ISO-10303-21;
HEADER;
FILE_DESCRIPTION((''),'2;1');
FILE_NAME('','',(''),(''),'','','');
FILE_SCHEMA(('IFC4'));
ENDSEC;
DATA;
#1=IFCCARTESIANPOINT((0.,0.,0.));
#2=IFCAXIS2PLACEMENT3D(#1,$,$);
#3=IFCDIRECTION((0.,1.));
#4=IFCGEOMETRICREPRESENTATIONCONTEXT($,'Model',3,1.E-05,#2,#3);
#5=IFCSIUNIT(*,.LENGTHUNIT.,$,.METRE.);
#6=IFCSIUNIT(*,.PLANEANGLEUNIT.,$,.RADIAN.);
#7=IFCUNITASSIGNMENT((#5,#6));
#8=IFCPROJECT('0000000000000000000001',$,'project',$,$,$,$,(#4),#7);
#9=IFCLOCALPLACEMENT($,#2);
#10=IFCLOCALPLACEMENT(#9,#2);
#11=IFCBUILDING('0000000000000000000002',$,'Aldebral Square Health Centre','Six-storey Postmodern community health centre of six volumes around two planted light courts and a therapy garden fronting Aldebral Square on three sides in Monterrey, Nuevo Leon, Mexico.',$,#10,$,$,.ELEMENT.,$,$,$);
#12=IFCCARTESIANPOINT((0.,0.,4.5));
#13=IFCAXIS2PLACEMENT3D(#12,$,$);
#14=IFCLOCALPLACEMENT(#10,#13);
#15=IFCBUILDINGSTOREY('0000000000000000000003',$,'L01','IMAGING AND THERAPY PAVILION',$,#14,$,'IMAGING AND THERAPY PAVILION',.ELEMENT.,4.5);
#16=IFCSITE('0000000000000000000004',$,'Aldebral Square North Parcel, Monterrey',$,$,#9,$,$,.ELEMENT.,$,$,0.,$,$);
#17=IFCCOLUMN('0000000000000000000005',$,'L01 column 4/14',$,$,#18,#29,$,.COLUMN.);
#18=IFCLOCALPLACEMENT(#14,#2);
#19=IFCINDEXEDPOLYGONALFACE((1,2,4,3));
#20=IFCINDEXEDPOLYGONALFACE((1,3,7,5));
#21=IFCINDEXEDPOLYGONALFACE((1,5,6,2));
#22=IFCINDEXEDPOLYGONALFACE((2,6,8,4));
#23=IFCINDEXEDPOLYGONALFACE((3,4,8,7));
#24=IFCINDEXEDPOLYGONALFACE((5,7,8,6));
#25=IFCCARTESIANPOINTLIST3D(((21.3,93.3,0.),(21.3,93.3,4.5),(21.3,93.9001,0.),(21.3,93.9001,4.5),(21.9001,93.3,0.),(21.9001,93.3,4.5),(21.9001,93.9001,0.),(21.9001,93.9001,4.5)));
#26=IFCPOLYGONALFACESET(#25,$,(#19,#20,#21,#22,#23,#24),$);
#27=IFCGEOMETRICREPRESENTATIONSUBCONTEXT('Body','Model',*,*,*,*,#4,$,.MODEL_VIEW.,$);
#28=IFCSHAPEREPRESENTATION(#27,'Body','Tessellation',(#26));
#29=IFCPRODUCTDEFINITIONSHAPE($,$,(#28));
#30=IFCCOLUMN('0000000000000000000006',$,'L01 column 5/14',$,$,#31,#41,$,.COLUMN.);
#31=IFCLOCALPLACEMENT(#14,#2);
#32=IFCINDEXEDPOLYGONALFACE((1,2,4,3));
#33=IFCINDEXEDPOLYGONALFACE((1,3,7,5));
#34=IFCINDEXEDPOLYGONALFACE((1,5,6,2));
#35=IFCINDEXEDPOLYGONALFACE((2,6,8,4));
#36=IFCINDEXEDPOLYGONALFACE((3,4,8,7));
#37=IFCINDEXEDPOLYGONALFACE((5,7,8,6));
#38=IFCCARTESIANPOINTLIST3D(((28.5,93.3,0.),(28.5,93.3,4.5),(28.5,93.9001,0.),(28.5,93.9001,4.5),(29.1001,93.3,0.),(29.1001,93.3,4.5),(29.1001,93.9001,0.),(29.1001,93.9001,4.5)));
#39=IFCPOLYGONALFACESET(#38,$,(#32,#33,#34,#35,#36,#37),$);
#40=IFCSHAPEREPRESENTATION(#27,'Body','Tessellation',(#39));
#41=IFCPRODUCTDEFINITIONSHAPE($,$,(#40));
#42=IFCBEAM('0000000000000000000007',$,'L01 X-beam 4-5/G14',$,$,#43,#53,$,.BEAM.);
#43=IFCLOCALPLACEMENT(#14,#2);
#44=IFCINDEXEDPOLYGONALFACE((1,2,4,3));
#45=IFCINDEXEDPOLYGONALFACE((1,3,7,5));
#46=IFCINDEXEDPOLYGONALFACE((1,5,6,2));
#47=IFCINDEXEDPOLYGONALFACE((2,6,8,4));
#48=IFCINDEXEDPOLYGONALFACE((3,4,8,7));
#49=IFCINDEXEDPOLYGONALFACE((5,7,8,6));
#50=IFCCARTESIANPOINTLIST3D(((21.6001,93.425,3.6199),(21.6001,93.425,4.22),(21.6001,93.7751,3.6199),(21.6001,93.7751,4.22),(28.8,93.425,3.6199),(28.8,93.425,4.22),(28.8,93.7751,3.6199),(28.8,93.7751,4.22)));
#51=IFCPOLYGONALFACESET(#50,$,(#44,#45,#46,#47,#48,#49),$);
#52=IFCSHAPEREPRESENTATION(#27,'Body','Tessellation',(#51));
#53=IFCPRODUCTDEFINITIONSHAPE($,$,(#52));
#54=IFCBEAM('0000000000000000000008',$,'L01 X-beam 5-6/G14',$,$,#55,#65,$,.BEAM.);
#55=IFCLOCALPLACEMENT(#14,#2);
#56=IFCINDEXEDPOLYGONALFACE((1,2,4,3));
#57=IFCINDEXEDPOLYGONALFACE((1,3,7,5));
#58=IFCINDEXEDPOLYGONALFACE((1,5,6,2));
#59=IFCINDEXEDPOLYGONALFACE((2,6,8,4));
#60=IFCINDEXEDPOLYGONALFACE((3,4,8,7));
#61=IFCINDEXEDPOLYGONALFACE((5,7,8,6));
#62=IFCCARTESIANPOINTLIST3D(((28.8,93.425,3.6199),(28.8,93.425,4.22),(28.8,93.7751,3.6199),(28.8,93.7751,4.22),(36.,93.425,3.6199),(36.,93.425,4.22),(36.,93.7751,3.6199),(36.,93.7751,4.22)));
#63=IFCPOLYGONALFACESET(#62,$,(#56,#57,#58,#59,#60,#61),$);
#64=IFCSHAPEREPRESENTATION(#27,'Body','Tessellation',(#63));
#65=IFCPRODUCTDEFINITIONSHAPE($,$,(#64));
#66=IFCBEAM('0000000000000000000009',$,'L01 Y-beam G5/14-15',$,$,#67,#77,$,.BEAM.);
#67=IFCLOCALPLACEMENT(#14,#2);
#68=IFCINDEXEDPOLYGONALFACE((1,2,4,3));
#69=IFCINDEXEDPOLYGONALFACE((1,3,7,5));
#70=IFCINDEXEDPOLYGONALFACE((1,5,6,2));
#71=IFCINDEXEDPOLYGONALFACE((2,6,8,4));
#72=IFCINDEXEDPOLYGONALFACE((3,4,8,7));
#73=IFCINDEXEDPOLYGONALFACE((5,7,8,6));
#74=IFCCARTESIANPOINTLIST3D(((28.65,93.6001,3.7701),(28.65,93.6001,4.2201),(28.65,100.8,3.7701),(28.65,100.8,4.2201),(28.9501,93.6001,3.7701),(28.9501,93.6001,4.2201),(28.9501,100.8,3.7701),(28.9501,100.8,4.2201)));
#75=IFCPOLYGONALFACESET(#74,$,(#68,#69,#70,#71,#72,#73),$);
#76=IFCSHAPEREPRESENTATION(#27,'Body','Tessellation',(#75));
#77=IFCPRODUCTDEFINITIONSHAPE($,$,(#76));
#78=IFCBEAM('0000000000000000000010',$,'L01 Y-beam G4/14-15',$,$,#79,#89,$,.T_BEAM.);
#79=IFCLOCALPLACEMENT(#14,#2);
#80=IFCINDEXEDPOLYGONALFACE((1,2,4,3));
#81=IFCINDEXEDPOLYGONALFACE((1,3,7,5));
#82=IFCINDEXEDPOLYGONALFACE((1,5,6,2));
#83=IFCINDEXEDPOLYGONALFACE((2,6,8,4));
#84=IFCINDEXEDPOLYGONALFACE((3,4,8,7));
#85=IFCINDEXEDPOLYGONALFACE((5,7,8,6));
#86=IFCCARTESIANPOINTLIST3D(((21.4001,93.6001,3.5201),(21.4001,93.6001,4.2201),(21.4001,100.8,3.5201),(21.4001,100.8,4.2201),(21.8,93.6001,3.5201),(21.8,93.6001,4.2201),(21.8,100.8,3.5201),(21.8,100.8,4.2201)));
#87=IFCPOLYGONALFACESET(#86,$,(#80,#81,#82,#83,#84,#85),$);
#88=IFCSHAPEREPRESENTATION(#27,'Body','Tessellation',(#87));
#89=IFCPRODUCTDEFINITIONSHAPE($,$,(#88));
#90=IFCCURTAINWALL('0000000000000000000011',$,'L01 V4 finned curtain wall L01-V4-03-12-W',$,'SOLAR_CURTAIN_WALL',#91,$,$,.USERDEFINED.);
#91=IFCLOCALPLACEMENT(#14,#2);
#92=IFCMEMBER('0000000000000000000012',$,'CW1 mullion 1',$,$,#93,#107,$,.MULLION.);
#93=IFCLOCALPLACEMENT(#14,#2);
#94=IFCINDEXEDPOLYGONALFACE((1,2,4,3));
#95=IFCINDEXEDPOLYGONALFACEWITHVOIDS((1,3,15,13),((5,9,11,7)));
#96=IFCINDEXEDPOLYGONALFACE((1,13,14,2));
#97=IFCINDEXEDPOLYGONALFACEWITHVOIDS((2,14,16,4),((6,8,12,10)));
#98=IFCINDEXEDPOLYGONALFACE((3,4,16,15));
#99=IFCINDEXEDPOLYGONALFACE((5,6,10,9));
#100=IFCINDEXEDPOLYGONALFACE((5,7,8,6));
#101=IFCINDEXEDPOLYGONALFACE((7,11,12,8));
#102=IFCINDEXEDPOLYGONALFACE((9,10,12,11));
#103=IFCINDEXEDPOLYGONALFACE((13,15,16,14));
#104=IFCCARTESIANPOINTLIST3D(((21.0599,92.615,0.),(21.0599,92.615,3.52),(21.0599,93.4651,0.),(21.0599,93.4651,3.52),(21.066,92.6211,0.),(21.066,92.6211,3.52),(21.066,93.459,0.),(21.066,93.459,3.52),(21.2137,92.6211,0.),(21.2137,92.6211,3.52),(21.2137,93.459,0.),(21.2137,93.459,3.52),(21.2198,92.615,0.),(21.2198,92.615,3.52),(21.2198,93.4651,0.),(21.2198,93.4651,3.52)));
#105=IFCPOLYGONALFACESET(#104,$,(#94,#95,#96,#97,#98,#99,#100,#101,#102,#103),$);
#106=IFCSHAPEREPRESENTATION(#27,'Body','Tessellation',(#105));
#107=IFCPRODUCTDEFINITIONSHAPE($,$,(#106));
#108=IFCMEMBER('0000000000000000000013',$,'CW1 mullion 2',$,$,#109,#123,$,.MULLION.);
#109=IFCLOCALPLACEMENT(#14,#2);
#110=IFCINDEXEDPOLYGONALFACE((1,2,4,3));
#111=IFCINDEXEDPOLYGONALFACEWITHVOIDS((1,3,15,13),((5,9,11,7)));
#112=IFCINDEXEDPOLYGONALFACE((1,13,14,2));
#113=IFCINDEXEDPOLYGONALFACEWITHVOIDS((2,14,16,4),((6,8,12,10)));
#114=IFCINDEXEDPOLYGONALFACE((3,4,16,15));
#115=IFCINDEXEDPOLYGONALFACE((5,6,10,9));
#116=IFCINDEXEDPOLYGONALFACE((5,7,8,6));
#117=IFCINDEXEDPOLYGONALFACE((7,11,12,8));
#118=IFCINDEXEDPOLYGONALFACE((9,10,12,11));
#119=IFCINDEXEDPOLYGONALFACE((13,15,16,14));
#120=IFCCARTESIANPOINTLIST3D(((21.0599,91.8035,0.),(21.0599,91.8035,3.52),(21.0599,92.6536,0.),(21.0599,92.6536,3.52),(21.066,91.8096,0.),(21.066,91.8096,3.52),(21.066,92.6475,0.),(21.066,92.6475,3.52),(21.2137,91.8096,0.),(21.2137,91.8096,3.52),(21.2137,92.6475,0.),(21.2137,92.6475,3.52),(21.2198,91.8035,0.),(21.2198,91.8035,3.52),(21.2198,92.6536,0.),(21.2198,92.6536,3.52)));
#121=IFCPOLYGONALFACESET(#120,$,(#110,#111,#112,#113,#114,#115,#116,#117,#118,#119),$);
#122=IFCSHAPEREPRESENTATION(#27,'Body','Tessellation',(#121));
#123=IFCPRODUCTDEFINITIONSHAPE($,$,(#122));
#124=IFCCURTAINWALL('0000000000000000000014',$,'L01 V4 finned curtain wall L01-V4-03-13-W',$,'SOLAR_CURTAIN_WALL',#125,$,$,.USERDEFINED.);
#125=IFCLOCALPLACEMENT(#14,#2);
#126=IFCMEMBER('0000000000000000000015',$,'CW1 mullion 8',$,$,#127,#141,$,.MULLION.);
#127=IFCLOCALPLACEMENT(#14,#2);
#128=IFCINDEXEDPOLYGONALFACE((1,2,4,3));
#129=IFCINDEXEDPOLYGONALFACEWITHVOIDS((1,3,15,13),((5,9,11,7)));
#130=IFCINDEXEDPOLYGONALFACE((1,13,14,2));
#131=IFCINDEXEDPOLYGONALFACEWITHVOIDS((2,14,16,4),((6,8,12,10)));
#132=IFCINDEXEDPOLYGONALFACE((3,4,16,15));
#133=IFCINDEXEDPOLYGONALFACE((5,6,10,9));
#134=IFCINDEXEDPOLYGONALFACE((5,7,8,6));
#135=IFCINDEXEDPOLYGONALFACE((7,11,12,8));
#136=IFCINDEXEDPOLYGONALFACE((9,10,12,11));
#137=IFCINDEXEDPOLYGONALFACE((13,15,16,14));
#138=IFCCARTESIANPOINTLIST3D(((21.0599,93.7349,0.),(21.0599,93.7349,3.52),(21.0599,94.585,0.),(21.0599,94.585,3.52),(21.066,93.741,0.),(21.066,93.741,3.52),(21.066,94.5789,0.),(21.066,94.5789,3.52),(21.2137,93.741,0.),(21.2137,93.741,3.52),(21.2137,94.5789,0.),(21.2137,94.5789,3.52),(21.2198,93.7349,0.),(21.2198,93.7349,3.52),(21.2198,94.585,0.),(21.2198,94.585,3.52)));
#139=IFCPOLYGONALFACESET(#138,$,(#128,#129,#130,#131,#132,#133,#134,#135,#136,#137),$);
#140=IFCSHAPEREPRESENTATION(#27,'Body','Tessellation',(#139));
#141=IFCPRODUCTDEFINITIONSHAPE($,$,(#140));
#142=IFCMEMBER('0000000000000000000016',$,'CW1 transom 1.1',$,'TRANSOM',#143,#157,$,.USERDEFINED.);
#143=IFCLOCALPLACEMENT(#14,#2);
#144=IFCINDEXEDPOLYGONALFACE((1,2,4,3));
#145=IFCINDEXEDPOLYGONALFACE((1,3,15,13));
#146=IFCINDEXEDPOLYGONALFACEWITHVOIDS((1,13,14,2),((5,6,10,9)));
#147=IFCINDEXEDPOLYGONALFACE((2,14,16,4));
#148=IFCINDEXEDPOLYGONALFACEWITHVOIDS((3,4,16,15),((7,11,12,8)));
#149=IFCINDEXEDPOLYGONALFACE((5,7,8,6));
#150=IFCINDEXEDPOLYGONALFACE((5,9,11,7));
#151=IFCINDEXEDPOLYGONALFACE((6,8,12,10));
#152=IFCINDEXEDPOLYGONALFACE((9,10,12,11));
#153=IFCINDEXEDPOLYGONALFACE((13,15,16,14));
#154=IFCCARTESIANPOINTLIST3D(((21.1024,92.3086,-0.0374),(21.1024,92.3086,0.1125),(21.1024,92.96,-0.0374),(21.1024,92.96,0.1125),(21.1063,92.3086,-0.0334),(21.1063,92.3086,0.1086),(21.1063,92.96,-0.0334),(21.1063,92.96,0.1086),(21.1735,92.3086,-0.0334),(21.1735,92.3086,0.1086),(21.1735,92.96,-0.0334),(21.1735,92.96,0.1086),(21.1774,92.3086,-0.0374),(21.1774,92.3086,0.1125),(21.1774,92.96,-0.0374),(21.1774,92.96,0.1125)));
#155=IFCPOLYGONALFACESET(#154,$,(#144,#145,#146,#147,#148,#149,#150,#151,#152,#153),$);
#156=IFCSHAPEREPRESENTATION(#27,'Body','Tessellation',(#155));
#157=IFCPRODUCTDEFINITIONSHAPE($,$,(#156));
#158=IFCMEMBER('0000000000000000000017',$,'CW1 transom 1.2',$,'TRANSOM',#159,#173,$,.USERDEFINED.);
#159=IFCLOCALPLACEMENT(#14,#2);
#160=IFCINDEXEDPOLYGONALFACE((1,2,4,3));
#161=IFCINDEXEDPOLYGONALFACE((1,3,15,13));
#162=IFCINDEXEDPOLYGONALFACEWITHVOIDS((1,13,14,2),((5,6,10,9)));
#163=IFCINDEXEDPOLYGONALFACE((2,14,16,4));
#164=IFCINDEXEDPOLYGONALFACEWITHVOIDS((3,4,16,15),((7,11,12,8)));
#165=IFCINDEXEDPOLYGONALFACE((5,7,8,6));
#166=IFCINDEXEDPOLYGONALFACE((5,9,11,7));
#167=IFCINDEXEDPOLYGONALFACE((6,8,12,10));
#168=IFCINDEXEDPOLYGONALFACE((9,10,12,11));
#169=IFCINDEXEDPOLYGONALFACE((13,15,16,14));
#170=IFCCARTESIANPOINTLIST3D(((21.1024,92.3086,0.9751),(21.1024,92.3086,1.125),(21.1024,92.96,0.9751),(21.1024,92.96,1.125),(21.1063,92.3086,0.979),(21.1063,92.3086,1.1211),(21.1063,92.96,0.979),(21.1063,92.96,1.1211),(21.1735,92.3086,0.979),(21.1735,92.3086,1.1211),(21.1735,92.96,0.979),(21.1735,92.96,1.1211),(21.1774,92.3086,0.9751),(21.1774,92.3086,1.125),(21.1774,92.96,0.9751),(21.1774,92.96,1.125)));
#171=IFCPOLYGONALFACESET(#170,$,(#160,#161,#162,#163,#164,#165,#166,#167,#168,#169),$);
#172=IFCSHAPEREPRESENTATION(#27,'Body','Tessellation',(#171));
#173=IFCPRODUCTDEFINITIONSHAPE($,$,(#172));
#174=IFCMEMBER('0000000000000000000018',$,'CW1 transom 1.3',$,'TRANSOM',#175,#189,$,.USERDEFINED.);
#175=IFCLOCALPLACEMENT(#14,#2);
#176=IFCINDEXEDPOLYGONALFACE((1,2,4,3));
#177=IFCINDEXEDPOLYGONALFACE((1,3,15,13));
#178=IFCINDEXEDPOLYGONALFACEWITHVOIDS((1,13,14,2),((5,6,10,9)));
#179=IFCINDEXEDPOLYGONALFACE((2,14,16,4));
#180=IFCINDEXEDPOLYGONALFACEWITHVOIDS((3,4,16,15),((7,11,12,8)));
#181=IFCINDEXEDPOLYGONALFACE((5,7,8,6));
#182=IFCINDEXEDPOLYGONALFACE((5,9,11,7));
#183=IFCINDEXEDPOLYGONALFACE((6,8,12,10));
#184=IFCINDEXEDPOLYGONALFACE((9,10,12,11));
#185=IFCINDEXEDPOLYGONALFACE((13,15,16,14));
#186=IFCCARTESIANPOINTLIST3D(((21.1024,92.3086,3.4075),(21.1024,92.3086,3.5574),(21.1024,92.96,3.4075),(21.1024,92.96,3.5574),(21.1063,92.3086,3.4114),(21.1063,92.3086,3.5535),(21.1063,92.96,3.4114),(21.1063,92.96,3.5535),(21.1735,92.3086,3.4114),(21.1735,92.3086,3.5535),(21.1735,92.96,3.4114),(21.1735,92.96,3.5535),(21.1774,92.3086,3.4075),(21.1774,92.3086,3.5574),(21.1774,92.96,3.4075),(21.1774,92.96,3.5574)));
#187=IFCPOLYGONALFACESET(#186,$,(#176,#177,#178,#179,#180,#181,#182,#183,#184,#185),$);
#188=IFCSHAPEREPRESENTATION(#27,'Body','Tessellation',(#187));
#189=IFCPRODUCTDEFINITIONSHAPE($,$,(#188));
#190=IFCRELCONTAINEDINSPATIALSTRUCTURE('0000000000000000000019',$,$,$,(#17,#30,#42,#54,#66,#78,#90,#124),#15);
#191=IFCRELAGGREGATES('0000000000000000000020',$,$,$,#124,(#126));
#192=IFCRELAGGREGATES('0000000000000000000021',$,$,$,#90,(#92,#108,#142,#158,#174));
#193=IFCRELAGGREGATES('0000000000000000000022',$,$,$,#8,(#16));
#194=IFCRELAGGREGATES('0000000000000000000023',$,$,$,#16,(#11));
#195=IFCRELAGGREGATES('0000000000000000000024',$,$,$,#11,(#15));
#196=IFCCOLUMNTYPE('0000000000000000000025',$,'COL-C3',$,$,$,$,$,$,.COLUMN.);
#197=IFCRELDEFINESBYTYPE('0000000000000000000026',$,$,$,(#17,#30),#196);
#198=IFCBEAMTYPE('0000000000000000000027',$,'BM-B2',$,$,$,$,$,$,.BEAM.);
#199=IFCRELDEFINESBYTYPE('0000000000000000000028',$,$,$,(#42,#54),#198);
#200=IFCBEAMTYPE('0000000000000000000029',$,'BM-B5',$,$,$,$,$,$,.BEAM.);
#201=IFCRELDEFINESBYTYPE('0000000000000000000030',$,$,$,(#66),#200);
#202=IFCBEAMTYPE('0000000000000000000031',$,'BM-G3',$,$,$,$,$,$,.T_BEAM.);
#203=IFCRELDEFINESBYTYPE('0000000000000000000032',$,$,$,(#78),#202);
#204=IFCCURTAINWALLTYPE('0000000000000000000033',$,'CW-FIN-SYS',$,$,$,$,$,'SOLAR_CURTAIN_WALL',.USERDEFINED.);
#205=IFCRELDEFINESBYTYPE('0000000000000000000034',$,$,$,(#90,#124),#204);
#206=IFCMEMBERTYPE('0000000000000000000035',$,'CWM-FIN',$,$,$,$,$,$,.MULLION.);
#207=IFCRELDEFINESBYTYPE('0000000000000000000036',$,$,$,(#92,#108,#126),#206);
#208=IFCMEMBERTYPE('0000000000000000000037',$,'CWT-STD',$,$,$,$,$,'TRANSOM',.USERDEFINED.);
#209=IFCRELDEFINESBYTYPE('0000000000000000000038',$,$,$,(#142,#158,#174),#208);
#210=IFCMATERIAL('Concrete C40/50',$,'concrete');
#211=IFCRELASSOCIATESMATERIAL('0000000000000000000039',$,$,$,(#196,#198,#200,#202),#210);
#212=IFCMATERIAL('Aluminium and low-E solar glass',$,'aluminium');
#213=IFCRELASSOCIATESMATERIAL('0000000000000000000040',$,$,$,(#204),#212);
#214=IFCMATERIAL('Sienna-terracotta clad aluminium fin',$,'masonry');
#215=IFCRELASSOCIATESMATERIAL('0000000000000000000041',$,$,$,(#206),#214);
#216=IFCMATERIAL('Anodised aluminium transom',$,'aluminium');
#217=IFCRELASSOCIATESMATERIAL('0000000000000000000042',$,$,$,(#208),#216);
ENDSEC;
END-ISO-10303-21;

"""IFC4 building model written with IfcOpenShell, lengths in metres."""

from ifc_helpers import new_model, si_unit, direction, frame, origin, origin_2d, place, context, subcontext, project, spatial, rectangle, hollow_rectangle, extrude, material, material_profile, profile_set, type_object, element, aggregate, save


model = new_model("IFC4")

# Units and contexts
model_context = context("Model", 3, precision=1e-05, world=origin(), true_north=direction((0.0, 1.0)))
body_context = subcontext(model_context, "Body", "Model", "MODEL_VIEW")
ifc_project = project(units=[si_unit("LENGTHUNIT", "METRE"), si_unit("PLANEANGLEUNIT", "RADIAN")], contexts=[model_context])

# Site, building, storey
site_placement = place(None, origin())
site = spatial("IfcSite", under=ifc_project, at=site_placement, Name="Aldebral Square North Parcel, Monterrey", CompositionType="ELEMENT", RefElevation=0.0)
building_placement = place(site_placement, origin())
building = spatial("IfcBuilding", under=site, at=building_placement, Name="Aldebral Square Health Centre", Description="Six-storey Postmodern community health centre of six volumes around two planted light courts and a therapy garden fronting Aldebral Square on three sides in Monterrey, Nuevo Leon, Mexico.", CompositionType="ELEMENT")
storey_placement = place(building_placement, frame((0.0, 0.0, 4.5)))
storey = spatial("IfcBuildingStorey", under=building, at=storey_placement, Name="L01", Description="IMAGING AND THERAPY PAVILION", LongName="IMAGING AND THERAPY PAVILION", CompositionType="ELEMENT", Elevation=4.5)

# Columns
ifc_material_1 = material(Name="Concrete C40/50", Category="concrete")
ifc_material_profile_1 = material_profile(ifc_material_1, rectangle(XDim=0.6001, YDim=0.6001, at=origin_2d()), Name="RC 600x600")
ifc_profile_set_1 = profile_set([ifc_material_profile_1], Name="Concrete C40/50")
column_type = type_object("IfcColumnType", Name="COL-C3", PredefinedType="COLUMN", material=ifc_profile_set_1)
for number, where, z_axis, x_axis, name in (
    (1, (21.6001, 93.6001, 0.0), (0.0, 0.0, 1.0), (1.0, 0.0, 0.0), "L01 column 4/14"),
    (2, (28.8, 93.6001, 0.0), (0.0, 0.0, 1.0), (1.0, 0.0, 0.0), "L01 column 5/14"),
):
    element("IfcColumn", number, at=place(storey_placement, frame(where, z_axis=z_axis, x_axis=x_axis)), inside=storey, type_object=column_type, Name=name, PredefinedType="COLUMN", context=body_context, shape_type="SweptSolid", body=[
        extrude(rectangle(XDim=0.6001, YDim=0.6001, at=origin_2d()), origin(), (0.0, 0.0, 1.0), 4.5),
    ])

# Beams
ifc_material_profile_2 = material_profile(ifc_material_1, rectangle(XDim=0.3501, YDim=0.6001, at=origin_2d()), Name="RC 350x600")
ifc_profile_set_2 = profile_set([ifc_material_profile_2], Name="Concrete C40/50")
beam_type_1 = type_object("IfcBeamType", Name="BM-B2", PredefinedType="BEAM", material=ifc_profile_set_2)
for number, where, z_axis, x_axis, name in (
    (3, (21.6001, 93.6001, 3.9199), (1.0, 0.0, 0.0), (0.0, 1.0, 0.0), "L01 X-beam 4-5/G14"),
    (4, (28.8, 93.6001, 3.9199), (1.0, 0.0, 0.0), (0.0, 1.0, 0.0), "L01 X-beam 5-6/G14"),
):
    element("IfcBeam", number, at=place(storey_placement, frame(where, z_axis=z_axis, x_axis=x_axis)), inside=storey, type_object=beam_type_1, Name=name, PredefinedType="BEAM", context=body_context, shape_type="SweptSolid", body=[
        extrude(rectangle(XDim=0.3501, YDim=0.6001, at=origin_2d()), origin(), (0.0, 0.0, 1.0), 7.2),
    ])
ifc_material_profile_3 = material_profile(ifc_material_1, rectangle(XDim=0.3, YDim=0.45, at=origin_2d()), Name="RC 300x450")
ifc_profile_set_3 = profile_set([ifc_material_profile_3], Name="Concrete C40/50")
beam_type_2 = type_object("IfcBeamType", Name="BM-B5", PredefinedType="BEAM", material=ifc_profile_set_3)
beam_1_placement = place(storey_placement, frame((28.8, 93.6001, 3.9951), z_axis=(0.0, 1.0, 0.0), x_axis=(-1.0, 0.0, 0.0)))
element("IfcBeam", 5, at=beam_1_placement, inside=storey, type_object=beam_type_2, Name="L01 Y-beam G5/14-15", PredefinedType="BEAM", context=body_context, shape_type="SweptSolid", body=[
    extrude(rectangle(XDim=0.3, YDim=0.45, at=origin_2d()), origin(), (0.0, 0.0, 1.0), 7.2),
])
ifc_material_profile_4 = material_profile(ifc_material_1, rectangle(XDim=0.3999, YDim=0.7, at=origin_2d()), Name="RC 400x700")
ifc_profile_set_4 = profile_set([ifc_material_profile_4], Name="Concrete C40/50")
beam_type_3 = type_object("IfcBeamType", Name="BM-G3", PredefinedType="T_BEAM", material=ifc_profile_set_4)
beam_2_placement = place(storey_placement, frame((21.6001, 93.6001, 3.8701), z_axis=(0.0, 1.0, 0.0), x_axis=(-1.0, 0.0, 0.0)))
element("IfcBeam", 6, at=beam_2_placement, inside=storey, type_object=beam_type_3, Name="L01 Y-beam G4/14-15", PredefinedType="T_BEAM", context=body_context, shape_type="SweptSolid", body=[
    extrude(rectangle(XDim=0.3999, YDim=0.7, at=origin_2d()), origin(), (0.0, 0.0, 1.0), 7.2),
])

# Curtain wall, members
ifc_material_2 = material(Name="Aluminium and low-E solar glass", Category="aluminium")
curtain_wall_type = type_object("IfcCurtainWallType", Name="CW-FIN-SYS", ElementType="SOLAR_CURTAIN_WALL", PredefinedType="USERDEFINED", material=ifc_material_2)
curtain_wall_1_placement = place(storey_placement, origin())
curtain_wall_1 = element("IfcCurtainWall", 7, at=curtain_wall_1_placement, inside=storey, type_object=curtain_wall_type, Name="L01 V4 finned curtain wall L01-V4-03-12-W", ObjectType="SOLAR_CURTAIN_WALL", PredefinedType="USERDEFINED")
ifc_material_3 = material(Name="Sienna-terracotta clad aluminium fin", Category="masonry")
ifc_material_profile_5 = material_profile(ifc_material_3, hollow_rectangle(XDim=0.1599, YDim=0.8501, WallThickness=0.0061, at=origin_2d()), Name="FIN 160x850x6")
ifc_profile_set_5 = profile_set([ifc_material_profile_5], Name="Sienna-terracotta clad aluminium fin")
member_type_1 = type_object("IfcMemberType", Name="CWM-FIN", PredefinedType="MULLION", material=ifc_profile_set_5)
member_1_placement = place(storey_placement, frame((21.1399, 93.04, 0.0), z_axis=(0.0, 0.0, 1.0), x_axis=(1.0, 0.0, 0.0)))
member_1 = element("IfcMember", 8, at=member_1_placement, type_object=member_type_1, Name="CW1 mullion 1", PredefinedType="MULLION", context=body_context, shape_type="SweptSolid", body=[
    extrude(hollow_rectangle(XDim=0.1599, YDim=0.8501, WallThickness=0.0061, at=origin_2d()), origin(), (0.0, 0.0, 1.0), 3.52),
])
member_2_placement = place(storey_placement, frame((21.1399, 92.2285, 0.0), z_axis=(0.0, 0.0, 1.0), x_axis=(1.0, 0.0, 0.0)))
member_2 = element("IfcMember", 9, at=member_2_placement, type_object=member_type_1, Name="CW1 mullion 2", PredefinedType="MULLION", context=body_context, shape_type="SweptSolid", body=[
    extrude(hollow_rectangle(XDim=0.1599, YDim=0.8501, WallThickness=0.0061, at=origin_2d()), origin(), (0.0, 0.0, 1.0), 3.52),
])

# Curtain wall, member
curtain_wall_2_placement = place(storey_placement, origin())
curtain_wall_2 = element("IfcCurtainWall", 10, at=curtain_wall_2_placement, inside=storey, type_object=curtain_wall_type, Name="L01 V4 finned curtain wall L01-V4-03-13-W", ObjectType="SOLAR_CURTAIN_WALL", PredefinedType="USERDEFINED")
member_3_placement = place(storey_placement, frame((21.1399, 94.1599, 0.0), z_axis=(0.0, 0.0, 1.0), x_axis=(1.0, 0.0, 0.0)))
member_3 = element("IfcMember", 11, at=member_3_placement, type_object=member_type_1, Name="CW1 mullion 8", PredefinedType="MULLION", context=body_context, shape_type="SweptSolid", body=[
    extrude(hollow_rectangle(XDim=0.1599, YDim=0.8501, WallThickness=0.0061, at=origin_2d()), origin(), (0.0, 0.0, 1.0), 3.52),
])
aggregate(curtain_wall_2, [member_3])

# Members
ifc_material_4 = material(Name="Anodised aluminium transom", Category="aluminium")
ifc_material_profile_6 = material_profile(ifc_material_4, hollow_rectangle(XDim=0.075, YDim=0.1499, WallThickness=0.0039, at=origin_2d()), Name="CWT 75x150x4")
ifc_profile_set_6 = profile_set([ifc_material_profile_6], Name="Anodised aluminium transom")
member_type_2 = type_object("IfcMemberType", Name="CWT-STD", ElementType="TRANSOM", PredefinedType="USERDEFINED", material=ifc_profile_set_6)
member_4_placement = place(storey_placement, frame((21.1399, 92.96, 0.0376), z_axis=(0.0, -1.0, 0.0), x_axis=(1.0, 0.0, 0.0)))
member_4 = element("IfcMember", 12, at=member_4_placement, type_object=member_type_2, Name="CW1 transom 1.1", ObjectType="TRANSOM", PredefinedType="USERDEFINED", context=body_context, shape_type="SweptSolid", body=[
    extrude(hollow_rectangle(XDim=0.075, YDim=0.1499, WallThickness=0.0039, at=origin_2d()), origin(), (0.0, 0.0, 1.0), 0.6514),
])
member_5_placement = place(storey_placement, frame((21.1399, 92.96, 1.05), z_axis=(0.0, -1.0, 0.0), x_axis=(1.0, 0.0, 0.0)))
member_5 = element("IfcMember", 13, at=member_5_placement, type_object=member_type_2, Name="CW1 transom 1.2", ObjectType="TRANSOM", PredefinedType="USERDEFINED", context=body_context, shape_type="SweptSolid", body=[
    extrude(hollow_rectangle(XDim=0.075, YDim=0.1499, WallThickness=0.0039, at=origin_2d()), origin(), (0.0, 0.0, 1.0), 0.6514),
])
member_6_placement = place(storey_placement, frame((21.1399, 92.96, 3.4824), z_axis=(0.0, -1.0, 0.0), x_axis=(1.0, 0.0, 0.0)))
member_6 = element("IfcMember", 14, at=member_6_placement, type_object=member_type_2, Name="CW1 transom 1.3", ObjectType="TRANSOM", PredefinedType="USERDEFINED", context=body_context, shape_type="SweptSolid", body=[
    extrude(hollow_rectangle(XDim=0.075, YDim=0.1499, WallThickness=0.0039, at=origin_2d()), origin(), (0.0, 0.0, 1.0), 0.6514),
])

aggregate(curtain_wall_1, [member_1, member_2, member_4, member_5, member_6])

save(model, "model.ifc")
